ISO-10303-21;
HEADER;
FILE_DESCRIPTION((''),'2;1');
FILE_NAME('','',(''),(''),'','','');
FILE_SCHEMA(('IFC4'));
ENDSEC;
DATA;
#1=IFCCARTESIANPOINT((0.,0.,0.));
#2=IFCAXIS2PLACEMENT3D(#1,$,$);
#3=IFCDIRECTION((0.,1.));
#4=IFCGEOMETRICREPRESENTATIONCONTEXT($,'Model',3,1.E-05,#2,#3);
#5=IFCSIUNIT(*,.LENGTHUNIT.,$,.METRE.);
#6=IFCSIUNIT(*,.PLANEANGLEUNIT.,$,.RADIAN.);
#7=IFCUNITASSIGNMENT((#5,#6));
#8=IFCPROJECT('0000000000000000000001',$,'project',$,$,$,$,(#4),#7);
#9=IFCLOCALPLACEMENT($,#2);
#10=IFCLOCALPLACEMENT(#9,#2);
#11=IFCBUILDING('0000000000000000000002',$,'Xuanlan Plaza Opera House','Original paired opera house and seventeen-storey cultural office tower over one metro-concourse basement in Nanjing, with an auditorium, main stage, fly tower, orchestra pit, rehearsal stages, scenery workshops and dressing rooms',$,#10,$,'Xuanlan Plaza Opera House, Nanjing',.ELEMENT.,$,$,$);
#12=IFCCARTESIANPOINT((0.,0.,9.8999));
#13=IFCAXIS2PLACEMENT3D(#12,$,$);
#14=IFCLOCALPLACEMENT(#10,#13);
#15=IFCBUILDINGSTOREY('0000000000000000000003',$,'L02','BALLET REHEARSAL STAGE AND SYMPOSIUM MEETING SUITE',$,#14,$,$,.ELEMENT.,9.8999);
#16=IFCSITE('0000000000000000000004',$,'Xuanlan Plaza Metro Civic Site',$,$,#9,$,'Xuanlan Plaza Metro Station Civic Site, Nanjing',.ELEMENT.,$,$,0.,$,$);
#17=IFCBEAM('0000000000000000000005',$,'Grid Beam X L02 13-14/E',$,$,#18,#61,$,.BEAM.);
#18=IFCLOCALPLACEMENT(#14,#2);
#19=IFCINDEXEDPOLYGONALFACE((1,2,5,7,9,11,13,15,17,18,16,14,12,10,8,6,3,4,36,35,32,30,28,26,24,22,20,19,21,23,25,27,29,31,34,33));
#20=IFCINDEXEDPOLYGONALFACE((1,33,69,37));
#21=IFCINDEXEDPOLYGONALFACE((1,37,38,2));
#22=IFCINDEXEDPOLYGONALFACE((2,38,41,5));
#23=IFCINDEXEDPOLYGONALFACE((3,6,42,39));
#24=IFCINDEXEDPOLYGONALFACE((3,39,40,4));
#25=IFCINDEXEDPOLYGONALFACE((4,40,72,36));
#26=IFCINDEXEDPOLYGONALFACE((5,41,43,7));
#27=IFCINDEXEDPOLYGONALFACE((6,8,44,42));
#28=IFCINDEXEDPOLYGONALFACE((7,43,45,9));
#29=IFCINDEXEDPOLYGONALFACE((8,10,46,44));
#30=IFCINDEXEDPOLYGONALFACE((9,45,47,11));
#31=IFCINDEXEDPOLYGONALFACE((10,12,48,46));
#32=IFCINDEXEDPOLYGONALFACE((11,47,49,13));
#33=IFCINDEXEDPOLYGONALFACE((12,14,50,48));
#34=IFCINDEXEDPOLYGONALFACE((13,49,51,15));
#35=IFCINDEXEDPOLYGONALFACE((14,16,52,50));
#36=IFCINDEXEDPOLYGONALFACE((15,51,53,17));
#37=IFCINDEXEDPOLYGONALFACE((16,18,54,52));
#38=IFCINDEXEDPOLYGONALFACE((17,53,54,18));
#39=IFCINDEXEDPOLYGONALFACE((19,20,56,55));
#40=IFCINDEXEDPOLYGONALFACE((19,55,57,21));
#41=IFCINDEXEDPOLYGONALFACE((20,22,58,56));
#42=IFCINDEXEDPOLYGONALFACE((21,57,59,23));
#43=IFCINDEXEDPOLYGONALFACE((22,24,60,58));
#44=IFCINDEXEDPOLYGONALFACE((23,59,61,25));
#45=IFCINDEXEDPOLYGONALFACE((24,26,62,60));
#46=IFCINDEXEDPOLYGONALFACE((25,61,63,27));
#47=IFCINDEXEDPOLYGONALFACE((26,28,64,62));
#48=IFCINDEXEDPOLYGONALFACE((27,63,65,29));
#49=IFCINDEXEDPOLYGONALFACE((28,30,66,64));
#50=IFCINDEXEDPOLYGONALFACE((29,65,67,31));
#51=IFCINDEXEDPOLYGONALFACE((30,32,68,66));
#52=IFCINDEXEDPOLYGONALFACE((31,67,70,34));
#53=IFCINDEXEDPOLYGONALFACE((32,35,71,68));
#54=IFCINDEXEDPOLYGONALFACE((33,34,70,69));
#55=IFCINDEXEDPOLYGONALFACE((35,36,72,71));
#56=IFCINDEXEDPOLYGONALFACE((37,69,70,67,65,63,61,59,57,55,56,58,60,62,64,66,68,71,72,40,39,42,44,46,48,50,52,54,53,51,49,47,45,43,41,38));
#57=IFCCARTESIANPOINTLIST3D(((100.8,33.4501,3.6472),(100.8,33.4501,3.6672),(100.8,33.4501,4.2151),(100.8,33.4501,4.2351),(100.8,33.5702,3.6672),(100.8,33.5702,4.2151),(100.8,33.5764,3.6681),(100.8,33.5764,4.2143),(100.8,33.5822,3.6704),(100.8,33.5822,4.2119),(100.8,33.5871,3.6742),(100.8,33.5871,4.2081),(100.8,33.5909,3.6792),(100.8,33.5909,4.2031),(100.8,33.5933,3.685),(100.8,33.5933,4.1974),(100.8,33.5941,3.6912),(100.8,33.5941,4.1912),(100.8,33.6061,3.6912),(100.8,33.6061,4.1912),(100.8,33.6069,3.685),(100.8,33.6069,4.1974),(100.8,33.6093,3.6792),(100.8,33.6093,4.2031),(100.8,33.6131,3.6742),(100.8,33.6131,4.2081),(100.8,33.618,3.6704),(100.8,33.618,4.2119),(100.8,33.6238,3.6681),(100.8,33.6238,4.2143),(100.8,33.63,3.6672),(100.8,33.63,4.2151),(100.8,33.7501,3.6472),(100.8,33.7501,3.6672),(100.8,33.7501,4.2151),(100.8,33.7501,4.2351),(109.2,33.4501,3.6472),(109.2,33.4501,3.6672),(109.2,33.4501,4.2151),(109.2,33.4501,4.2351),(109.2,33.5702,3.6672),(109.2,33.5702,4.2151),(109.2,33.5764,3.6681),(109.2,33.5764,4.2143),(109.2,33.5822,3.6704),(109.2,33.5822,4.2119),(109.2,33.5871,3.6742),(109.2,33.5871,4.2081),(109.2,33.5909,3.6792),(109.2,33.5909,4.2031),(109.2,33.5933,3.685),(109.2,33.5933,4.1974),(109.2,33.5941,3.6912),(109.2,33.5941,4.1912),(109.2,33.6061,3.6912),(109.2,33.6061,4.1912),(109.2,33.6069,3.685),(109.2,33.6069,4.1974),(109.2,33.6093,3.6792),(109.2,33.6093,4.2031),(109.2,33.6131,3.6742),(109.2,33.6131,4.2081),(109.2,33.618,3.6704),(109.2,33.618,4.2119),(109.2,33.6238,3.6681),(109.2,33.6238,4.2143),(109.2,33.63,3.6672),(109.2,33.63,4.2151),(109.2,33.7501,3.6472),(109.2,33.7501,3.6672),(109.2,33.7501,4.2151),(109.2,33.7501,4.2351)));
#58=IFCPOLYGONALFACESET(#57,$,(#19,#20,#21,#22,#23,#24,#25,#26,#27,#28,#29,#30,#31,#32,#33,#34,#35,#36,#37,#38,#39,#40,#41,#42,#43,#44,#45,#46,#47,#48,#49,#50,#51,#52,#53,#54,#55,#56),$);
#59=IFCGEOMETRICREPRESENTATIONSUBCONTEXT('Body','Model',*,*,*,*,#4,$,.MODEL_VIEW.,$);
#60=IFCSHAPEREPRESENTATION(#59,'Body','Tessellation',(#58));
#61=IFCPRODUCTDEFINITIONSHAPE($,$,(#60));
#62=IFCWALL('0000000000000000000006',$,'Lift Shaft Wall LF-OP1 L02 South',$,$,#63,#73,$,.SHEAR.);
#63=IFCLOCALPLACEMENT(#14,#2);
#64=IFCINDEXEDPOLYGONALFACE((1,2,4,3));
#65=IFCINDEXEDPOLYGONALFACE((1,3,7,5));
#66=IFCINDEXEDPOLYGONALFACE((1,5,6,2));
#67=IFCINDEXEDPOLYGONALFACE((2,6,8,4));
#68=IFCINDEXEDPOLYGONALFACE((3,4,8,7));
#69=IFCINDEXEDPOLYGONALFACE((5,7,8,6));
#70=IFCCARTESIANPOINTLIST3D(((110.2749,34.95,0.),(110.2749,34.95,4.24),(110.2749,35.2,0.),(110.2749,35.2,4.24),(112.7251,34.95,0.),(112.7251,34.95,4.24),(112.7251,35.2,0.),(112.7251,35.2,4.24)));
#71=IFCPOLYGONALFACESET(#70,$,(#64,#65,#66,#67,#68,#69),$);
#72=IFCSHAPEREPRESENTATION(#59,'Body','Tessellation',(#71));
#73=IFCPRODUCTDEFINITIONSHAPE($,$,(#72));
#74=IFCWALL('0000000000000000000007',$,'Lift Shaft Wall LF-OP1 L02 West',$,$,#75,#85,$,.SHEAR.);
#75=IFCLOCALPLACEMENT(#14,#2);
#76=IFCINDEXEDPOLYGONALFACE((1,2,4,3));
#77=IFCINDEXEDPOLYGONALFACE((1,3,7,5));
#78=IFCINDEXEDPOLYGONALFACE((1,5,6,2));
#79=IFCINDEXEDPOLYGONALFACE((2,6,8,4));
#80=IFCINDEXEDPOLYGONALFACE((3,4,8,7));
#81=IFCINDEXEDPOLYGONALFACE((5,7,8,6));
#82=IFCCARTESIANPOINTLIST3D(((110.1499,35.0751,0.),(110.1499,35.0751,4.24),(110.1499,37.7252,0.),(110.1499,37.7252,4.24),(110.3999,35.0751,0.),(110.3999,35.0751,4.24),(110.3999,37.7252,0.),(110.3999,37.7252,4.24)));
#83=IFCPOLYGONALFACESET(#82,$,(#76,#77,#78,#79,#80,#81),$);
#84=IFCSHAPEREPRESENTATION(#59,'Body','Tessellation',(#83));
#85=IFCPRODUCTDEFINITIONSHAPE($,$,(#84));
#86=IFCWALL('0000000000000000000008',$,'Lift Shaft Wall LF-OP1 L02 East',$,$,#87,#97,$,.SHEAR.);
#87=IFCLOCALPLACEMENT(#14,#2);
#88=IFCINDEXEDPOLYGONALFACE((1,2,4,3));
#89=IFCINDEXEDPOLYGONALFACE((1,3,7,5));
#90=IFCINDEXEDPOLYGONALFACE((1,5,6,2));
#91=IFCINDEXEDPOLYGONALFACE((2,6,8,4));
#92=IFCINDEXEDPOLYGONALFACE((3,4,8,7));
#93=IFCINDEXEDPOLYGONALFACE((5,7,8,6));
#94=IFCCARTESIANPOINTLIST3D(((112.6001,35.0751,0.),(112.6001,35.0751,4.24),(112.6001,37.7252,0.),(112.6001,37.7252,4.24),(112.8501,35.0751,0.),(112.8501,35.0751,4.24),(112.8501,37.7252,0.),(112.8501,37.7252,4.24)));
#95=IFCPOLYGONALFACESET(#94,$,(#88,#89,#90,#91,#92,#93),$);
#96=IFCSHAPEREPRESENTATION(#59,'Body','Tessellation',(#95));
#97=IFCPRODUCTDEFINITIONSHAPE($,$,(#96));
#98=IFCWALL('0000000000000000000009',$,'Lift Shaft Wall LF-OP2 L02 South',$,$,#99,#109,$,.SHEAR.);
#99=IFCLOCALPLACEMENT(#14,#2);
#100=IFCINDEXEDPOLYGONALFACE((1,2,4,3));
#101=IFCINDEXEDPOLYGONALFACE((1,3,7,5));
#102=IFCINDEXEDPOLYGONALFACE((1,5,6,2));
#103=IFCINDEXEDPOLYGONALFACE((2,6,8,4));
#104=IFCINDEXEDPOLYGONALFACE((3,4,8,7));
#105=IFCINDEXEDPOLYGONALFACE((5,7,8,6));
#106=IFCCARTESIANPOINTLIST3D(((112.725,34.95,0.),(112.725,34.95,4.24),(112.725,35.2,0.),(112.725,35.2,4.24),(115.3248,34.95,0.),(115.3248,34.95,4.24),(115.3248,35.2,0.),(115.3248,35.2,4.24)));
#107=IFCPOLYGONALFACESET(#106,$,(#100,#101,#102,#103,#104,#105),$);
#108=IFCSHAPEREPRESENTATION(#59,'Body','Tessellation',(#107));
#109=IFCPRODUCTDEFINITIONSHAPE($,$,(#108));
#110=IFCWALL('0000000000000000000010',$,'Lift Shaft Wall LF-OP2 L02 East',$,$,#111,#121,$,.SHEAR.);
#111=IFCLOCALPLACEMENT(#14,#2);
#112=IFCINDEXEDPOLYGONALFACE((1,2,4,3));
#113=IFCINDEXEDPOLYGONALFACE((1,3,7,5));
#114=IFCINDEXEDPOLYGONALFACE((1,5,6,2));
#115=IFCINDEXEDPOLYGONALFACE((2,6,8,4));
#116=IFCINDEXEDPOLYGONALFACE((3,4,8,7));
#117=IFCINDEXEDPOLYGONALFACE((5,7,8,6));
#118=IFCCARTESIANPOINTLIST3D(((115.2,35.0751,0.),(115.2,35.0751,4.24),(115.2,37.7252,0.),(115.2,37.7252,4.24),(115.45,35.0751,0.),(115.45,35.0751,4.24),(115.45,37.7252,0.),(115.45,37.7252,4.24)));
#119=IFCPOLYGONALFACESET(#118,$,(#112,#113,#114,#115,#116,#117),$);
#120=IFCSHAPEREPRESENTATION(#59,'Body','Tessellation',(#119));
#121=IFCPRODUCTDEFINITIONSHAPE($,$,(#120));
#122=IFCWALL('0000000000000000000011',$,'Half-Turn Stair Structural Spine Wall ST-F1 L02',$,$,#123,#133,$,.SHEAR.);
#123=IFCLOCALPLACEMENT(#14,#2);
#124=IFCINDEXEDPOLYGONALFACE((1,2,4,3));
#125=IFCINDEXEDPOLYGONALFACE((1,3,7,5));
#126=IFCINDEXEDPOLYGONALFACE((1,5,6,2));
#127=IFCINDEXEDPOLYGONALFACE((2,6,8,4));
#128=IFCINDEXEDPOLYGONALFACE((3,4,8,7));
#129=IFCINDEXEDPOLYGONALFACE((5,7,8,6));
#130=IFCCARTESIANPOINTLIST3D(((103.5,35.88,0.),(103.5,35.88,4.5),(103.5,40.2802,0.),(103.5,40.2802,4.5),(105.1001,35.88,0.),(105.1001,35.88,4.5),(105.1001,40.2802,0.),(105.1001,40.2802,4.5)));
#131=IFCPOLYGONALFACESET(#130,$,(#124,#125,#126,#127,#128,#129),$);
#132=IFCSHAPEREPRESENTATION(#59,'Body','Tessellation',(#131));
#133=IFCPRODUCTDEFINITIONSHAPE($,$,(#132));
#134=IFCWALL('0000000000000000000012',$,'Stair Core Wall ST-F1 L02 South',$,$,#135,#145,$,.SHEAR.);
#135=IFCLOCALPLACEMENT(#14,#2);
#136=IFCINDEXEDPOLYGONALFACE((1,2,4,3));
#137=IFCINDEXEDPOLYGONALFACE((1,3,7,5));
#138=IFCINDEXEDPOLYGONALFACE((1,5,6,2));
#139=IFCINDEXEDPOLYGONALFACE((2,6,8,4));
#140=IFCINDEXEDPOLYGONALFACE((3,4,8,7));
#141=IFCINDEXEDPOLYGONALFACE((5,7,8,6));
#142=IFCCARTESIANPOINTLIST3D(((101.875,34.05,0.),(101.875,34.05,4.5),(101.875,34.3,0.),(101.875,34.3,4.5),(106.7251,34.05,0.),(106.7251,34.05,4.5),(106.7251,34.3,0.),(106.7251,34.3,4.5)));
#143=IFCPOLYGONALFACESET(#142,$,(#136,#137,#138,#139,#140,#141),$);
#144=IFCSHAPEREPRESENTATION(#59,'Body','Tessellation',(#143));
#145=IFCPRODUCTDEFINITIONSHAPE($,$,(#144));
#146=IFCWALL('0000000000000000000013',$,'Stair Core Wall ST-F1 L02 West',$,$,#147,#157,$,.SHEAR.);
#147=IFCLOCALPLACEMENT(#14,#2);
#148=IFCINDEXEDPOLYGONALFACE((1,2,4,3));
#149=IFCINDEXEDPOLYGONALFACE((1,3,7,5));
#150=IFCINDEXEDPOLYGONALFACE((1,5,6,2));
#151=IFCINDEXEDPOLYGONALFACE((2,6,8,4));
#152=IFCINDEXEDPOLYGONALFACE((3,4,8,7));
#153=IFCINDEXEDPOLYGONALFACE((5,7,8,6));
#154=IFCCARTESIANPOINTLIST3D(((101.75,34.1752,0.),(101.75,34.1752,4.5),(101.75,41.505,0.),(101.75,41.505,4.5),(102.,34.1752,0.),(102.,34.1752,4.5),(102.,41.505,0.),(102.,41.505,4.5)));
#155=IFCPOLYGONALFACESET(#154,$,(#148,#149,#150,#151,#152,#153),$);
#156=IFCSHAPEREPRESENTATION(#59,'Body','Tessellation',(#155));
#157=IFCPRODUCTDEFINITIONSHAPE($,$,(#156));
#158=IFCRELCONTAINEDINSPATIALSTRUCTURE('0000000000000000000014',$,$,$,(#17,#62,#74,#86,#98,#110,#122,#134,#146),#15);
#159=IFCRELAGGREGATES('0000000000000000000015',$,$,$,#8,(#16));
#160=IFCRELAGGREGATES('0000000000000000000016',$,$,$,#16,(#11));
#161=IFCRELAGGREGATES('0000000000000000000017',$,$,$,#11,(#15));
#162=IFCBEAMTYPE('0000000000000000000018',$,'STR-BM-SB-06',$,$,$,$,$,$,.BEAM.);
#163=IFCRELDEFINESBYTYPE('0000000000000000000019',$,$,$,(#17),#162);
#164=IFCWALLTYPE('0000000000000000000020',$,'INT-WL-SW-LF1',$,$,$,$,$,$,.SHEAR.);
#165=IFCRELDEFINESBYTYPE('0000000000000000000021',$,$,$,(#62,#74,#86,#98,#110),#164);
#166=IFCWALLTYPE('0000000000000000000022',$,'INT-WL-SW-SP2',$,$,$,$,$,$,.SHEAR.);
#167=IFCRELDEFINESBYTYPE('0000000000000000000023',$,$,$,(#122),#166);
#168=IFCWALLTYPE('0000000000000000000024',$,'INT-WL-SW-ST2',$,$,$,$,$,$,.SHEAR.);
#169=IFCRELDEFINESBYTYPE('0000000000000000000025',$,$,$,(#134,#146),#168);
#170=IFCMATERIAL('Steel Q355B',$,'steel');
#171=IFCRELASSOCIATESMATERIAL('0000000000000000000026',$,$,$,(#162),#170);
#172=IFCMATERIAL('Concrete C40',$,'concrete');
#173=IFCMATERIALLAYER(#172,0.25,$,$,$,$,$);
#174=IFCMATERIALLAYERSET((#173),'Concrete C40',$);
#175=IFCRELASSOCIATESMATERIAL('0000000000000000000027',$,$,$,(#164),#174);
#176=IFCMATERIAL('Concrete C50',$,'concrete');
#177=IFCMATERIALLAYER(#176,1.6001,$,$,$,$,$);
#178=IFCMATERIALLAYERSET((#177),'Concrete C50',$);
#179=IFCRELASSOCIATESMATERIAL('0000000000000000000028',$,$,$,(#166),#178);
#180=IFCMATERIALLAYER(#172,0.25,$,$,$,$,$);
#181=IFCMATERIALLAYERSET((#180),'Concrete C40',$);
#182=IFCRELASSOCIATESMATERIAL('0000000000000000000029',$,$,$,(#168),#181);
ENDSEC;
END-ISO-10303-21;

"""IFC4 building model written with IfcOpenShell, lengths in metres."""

from ifc_helpers import new_model, si_unit, direction, frame, frame_2d, origin, origin_2d, place, context, subcontext, project, spatial, rectangle, i_section, extrude, material, layer, layer_set, material_profile, profile_set, type_object, element, save


model = new_model("IFC4")

# Units and contexts
model_context = context("Model", 3, precision=1e-05, world=origin(), true_north=direction((0.0, 1.0)))
body_context = subcontext(model_context, "Body", "Model", "MODEL_VIEW")
ifc_project = project(units=[si_unit("LENGTHUNIT", "METRE"), si_unit("PLANEANGLEUNIT", "RADIAN")], contexts=[model_context])

# Site, building, storey
site_placement = place(None, origin())
site = spatial("IfcSite", under=ifc_project, at=site_placement, Name="Xuanlan Plaza Metro Civic Site", LongName="Xuanlan Plaza Metro Station Civic Site, Nanjing", CompositionType="ELEMENT", RefElevation=0.0)
building_placement = place(site_placement, origin())
building = spatial("IfcBuilding", under=site, at=building_placement, Name="Xuanlan Plaza Opera House", Description="Original paired opera house and seventeen-storey cultural office tower over one metro-concourse basement in Nanjing, with an auditorium, main stage, fly tower, orchestra pit, rehearsal stages, scenery workshops and dressing rooms", LongName="Xuanlan Plaza Opera House, Nanjing", CompositionType="ELEMENT")
storey_placement = place(building_placement, frame((0.0, 0.0, 9.8999)))
storey = spatial("IfcBuildingStorey", under=building, at=storey_placement, Name="L02", Description="BALLET REHEARSAL STAGE AND SYMPOSIUM MEETING SUITE", CompositionType="ELEMENT", Elevation=9.8999)

# Shared definitions
ifc_material_1 = material(Name="Concrete C40", Category="concrete")
ifc_material_2 = material(Name="Steel Q355B", Category="steel")

# Beam
ifc_material_3 = material(Name="Concrete C50", Category="concrete")
ifc_material_profile_1 = material_profile(ifc_material_2, i_section(OverallWidth=0.3, OverallDepth=0.5879, WebThickness=0.012, FlangeThickness=0.02, FilletRadius=0.0239, at=origin_2d()), Name="HM 588x300x12x20")
ifc_profile_set_1 = profile_set([ifc_material_profile_1], Name="Steel Q355B")
beam_type_1 = type_object("IfcBeamType", Name="STR-BM-SB-06", PredefinedType="BEAM", material=ifc_profile_set_1)
beam_1_placement = place(storey_placement, frame((100.8, 33.6001, 3.9412), z_axis=(1.0, 0.0, 0.0), x_axis=(0.0, 1.0, 0.0)))
element("IfcBeam", 1, at=beam_1_placement, inside=storey, type_object=beam_type_1, Name="Grid Beam X L02 13-14/E", PredefinedType="BEAM", context=body_context, shape_type="SweptSolid", body=[
    extrude(i_section(OverallWidth=0.3, OverallDepth=0.5879, WebThickness=0.012, FlangeThickness=0.02, FilletRadius=0.0239, at=origin_2d()), origin(), (0.0, 0.0, 1.0), 8.3999),
])

# Wall
ifc_layer_1 = layer(ifc_material_1, 0.25)
ifc_layer_set_1 = layer_set([ifc_layer_1], Name="Concrete C40")
wall_type_1 = type_object("IfcWallType", Name="INT-WL-SW-LF1", PredefinedType="SHEAR", material=ifc_layer_set_1)
wall_1_placement = place(storey_placement, frame((110.2749, 35.075, 0.0), z_axis=(0.0, 0.0, 1.0), x_axis=(1.0, 0.0, 0.0)))
element("IfcWall", 2, at=wall_1_placement, inside=storey, type_object=wall_type_1, Name="Lift Shaft Wall LF-OP1 L02 South", PredefinedType="SHEAR", context=body_context, shape_type="SweptSolid", body=[
    extrude(rectangle(XDim=2.4502, YDim=0.25, at=frame_2d((1.2251, 0.0))), origin(), (0.0, 0.0, 1.0), 4.24),
])

# Walls
for number, where, z_axis, x_axis, name in (
    (3, (110.2749, 35.075, 0.0), (0.0, 0.0, 1.0), (0.0, 1.0, 0.0), "Lift Shaft Wall LF-OP1 L02 West"),
    (4, (112.7251, 35.075, 0.0), (0.0, 0.0, 1.0), (0.0, 1.0, 0.0), "Lift Shaft Wall LF-OP1 L02 East"),
):
    element("IfcWall", number, at=place(storey_placement, frame(where, z_axis=z_axis, x_axis=x_axis)), inside=storey, type_object=wall_type_1, Name=name, PredefinedType="SHEAR", context=body_context, shape_type="SweptSolid", body=[
        extrude(rectangle(XDim=2.6501, YDim=0.25, at=frame_2d((1.3252, 0.0))), origin(), (0.0, 0.0, 1.0), 4.24),
    ])
wall_2_placement = place(storey_placement, frame((112.7251, 35.075, 0.0), z_axis=(0.0, 0.0, 1.0), x_axis=(1.0, 0.0, 0.0)))
element("IfcWall", 5, at=wall_2_placement, inside=storey, type_object=wall_type_1, Name="Lift Shaft Wall LF-OP2 L02 South", PredefinedType="SHEAR", context=body_context, shape_type="SweptSolid", body=[
    extrude(rectangle(XDim=2.5999, YDim=0.25, at=frame_2d((1.2998, 0.0))), origin(), (0.0, 0.0, 1.0), 4.24),
])

# Walls
wall_3_placement = place(storey_placement, frame((115.325, 35.075, 0.0), z_axis=(0.0, 0.0, 1.0), x_axis=(0.0, 1.0, 0.0)))
element("IfcWall", 6, at=wall_3_placement, inside=storey, type_object=wall_type_1, Name="Lift Shaft Wall LF-OP2 L02 East", PredefinedType="SHEAR", context=body_context, shape_type="SweptSolid", body=[
    extrude(rectangle(XDim=2.6501, YDim=0.25, at=frame_2d((1.3252, 0.0))), origin(), (0.0, 0.0, 1.0), 4.24),
])
ifc_layer_2 = layer(ifc_material_3, 1.6001)
ifc_layer_set_2 = layer_set([ifc_layer_2], Name="Concrete C50")
wall_type_2 = type_object("IfcWallType", Name="INT-WL-SW-SP2", PredefinedType="SHEAR", material=ifc_layer_set_2)
wall_4_placement = place(storey_placement, frame((104.3, 35.8799, 0.0), z_axis=(0.0, 0.0, 1.0), x_axis=(0.0, 1.0, 0.0)))
element("IfcWall", 7, at=wall_4_placement, inside=storey, type_object=wall_type_2, Name="Half-Turn Stair Structural Spine Wall ST-F1 L02", PredefinedType="SHEAR", context=body_context, shape_type="SweptSolid", body=[
    extrude(rectangle(XDim=4.4001, YDim=1.6001, at=frame_2d((2.2002, 0.0))), origin(), (0.0, 0.0, 1.0), 4.5),
])
ifc_layer_3 = layer(ifc_material_1, 0.25)
ifc_layer_set_3 = layer_set([ifc_layer_3], Name="Concrete C40")
wall_type_3 = type_object("IfcWallType", Name="INT-WL-SW-ST2", PredefinedType="SHEAR", material=ifc_layer_set_3)
wall_5_placement = place(storey_placement, frame((101.875, 34.175, 0.0), z_axis=(0.0, 0.0, 1.0), x_axis=(1.0, 0.0, 0.0)))
element("IfcWall", 8, at=wall_5_placement, inside=storey, type_object=wall_type_3, Name="Stair Core Wall ST-F1 L02 South", PredefinedType="SHEAR", context=body_context, shape_type="SweptSolid", body=[
    extrude(rectangle(XDim=4.8501, YDim=0.25, at=frame_2d((2.425, 0.0))), origin(), (0.0, 0.0, 1.0), 4.5),
])
wall_6_placement = place(storey_placement, frame((101.875, 34.175, 0.0), z_axis=(0.0, 0.0, 1.0), x_axis=(0.0, 1.0, 0.0)))
element("IfcWall", 9, at=wall_6_placement, inside=storey, type_object=wall_type_3, Name="Stair Core Wall ST-F1 L02 West", PredefinedType="SHEAR", context=body_context, shape_type="SweptSolid", body=[
    extrude(rectangle(XDim=7.3298, YDim=0.25, at=frame_2d((3.665, 0.0))), origin(), (0.0, 0.0, 1.0), 4.5),
])

save(model, "model.ifc")
